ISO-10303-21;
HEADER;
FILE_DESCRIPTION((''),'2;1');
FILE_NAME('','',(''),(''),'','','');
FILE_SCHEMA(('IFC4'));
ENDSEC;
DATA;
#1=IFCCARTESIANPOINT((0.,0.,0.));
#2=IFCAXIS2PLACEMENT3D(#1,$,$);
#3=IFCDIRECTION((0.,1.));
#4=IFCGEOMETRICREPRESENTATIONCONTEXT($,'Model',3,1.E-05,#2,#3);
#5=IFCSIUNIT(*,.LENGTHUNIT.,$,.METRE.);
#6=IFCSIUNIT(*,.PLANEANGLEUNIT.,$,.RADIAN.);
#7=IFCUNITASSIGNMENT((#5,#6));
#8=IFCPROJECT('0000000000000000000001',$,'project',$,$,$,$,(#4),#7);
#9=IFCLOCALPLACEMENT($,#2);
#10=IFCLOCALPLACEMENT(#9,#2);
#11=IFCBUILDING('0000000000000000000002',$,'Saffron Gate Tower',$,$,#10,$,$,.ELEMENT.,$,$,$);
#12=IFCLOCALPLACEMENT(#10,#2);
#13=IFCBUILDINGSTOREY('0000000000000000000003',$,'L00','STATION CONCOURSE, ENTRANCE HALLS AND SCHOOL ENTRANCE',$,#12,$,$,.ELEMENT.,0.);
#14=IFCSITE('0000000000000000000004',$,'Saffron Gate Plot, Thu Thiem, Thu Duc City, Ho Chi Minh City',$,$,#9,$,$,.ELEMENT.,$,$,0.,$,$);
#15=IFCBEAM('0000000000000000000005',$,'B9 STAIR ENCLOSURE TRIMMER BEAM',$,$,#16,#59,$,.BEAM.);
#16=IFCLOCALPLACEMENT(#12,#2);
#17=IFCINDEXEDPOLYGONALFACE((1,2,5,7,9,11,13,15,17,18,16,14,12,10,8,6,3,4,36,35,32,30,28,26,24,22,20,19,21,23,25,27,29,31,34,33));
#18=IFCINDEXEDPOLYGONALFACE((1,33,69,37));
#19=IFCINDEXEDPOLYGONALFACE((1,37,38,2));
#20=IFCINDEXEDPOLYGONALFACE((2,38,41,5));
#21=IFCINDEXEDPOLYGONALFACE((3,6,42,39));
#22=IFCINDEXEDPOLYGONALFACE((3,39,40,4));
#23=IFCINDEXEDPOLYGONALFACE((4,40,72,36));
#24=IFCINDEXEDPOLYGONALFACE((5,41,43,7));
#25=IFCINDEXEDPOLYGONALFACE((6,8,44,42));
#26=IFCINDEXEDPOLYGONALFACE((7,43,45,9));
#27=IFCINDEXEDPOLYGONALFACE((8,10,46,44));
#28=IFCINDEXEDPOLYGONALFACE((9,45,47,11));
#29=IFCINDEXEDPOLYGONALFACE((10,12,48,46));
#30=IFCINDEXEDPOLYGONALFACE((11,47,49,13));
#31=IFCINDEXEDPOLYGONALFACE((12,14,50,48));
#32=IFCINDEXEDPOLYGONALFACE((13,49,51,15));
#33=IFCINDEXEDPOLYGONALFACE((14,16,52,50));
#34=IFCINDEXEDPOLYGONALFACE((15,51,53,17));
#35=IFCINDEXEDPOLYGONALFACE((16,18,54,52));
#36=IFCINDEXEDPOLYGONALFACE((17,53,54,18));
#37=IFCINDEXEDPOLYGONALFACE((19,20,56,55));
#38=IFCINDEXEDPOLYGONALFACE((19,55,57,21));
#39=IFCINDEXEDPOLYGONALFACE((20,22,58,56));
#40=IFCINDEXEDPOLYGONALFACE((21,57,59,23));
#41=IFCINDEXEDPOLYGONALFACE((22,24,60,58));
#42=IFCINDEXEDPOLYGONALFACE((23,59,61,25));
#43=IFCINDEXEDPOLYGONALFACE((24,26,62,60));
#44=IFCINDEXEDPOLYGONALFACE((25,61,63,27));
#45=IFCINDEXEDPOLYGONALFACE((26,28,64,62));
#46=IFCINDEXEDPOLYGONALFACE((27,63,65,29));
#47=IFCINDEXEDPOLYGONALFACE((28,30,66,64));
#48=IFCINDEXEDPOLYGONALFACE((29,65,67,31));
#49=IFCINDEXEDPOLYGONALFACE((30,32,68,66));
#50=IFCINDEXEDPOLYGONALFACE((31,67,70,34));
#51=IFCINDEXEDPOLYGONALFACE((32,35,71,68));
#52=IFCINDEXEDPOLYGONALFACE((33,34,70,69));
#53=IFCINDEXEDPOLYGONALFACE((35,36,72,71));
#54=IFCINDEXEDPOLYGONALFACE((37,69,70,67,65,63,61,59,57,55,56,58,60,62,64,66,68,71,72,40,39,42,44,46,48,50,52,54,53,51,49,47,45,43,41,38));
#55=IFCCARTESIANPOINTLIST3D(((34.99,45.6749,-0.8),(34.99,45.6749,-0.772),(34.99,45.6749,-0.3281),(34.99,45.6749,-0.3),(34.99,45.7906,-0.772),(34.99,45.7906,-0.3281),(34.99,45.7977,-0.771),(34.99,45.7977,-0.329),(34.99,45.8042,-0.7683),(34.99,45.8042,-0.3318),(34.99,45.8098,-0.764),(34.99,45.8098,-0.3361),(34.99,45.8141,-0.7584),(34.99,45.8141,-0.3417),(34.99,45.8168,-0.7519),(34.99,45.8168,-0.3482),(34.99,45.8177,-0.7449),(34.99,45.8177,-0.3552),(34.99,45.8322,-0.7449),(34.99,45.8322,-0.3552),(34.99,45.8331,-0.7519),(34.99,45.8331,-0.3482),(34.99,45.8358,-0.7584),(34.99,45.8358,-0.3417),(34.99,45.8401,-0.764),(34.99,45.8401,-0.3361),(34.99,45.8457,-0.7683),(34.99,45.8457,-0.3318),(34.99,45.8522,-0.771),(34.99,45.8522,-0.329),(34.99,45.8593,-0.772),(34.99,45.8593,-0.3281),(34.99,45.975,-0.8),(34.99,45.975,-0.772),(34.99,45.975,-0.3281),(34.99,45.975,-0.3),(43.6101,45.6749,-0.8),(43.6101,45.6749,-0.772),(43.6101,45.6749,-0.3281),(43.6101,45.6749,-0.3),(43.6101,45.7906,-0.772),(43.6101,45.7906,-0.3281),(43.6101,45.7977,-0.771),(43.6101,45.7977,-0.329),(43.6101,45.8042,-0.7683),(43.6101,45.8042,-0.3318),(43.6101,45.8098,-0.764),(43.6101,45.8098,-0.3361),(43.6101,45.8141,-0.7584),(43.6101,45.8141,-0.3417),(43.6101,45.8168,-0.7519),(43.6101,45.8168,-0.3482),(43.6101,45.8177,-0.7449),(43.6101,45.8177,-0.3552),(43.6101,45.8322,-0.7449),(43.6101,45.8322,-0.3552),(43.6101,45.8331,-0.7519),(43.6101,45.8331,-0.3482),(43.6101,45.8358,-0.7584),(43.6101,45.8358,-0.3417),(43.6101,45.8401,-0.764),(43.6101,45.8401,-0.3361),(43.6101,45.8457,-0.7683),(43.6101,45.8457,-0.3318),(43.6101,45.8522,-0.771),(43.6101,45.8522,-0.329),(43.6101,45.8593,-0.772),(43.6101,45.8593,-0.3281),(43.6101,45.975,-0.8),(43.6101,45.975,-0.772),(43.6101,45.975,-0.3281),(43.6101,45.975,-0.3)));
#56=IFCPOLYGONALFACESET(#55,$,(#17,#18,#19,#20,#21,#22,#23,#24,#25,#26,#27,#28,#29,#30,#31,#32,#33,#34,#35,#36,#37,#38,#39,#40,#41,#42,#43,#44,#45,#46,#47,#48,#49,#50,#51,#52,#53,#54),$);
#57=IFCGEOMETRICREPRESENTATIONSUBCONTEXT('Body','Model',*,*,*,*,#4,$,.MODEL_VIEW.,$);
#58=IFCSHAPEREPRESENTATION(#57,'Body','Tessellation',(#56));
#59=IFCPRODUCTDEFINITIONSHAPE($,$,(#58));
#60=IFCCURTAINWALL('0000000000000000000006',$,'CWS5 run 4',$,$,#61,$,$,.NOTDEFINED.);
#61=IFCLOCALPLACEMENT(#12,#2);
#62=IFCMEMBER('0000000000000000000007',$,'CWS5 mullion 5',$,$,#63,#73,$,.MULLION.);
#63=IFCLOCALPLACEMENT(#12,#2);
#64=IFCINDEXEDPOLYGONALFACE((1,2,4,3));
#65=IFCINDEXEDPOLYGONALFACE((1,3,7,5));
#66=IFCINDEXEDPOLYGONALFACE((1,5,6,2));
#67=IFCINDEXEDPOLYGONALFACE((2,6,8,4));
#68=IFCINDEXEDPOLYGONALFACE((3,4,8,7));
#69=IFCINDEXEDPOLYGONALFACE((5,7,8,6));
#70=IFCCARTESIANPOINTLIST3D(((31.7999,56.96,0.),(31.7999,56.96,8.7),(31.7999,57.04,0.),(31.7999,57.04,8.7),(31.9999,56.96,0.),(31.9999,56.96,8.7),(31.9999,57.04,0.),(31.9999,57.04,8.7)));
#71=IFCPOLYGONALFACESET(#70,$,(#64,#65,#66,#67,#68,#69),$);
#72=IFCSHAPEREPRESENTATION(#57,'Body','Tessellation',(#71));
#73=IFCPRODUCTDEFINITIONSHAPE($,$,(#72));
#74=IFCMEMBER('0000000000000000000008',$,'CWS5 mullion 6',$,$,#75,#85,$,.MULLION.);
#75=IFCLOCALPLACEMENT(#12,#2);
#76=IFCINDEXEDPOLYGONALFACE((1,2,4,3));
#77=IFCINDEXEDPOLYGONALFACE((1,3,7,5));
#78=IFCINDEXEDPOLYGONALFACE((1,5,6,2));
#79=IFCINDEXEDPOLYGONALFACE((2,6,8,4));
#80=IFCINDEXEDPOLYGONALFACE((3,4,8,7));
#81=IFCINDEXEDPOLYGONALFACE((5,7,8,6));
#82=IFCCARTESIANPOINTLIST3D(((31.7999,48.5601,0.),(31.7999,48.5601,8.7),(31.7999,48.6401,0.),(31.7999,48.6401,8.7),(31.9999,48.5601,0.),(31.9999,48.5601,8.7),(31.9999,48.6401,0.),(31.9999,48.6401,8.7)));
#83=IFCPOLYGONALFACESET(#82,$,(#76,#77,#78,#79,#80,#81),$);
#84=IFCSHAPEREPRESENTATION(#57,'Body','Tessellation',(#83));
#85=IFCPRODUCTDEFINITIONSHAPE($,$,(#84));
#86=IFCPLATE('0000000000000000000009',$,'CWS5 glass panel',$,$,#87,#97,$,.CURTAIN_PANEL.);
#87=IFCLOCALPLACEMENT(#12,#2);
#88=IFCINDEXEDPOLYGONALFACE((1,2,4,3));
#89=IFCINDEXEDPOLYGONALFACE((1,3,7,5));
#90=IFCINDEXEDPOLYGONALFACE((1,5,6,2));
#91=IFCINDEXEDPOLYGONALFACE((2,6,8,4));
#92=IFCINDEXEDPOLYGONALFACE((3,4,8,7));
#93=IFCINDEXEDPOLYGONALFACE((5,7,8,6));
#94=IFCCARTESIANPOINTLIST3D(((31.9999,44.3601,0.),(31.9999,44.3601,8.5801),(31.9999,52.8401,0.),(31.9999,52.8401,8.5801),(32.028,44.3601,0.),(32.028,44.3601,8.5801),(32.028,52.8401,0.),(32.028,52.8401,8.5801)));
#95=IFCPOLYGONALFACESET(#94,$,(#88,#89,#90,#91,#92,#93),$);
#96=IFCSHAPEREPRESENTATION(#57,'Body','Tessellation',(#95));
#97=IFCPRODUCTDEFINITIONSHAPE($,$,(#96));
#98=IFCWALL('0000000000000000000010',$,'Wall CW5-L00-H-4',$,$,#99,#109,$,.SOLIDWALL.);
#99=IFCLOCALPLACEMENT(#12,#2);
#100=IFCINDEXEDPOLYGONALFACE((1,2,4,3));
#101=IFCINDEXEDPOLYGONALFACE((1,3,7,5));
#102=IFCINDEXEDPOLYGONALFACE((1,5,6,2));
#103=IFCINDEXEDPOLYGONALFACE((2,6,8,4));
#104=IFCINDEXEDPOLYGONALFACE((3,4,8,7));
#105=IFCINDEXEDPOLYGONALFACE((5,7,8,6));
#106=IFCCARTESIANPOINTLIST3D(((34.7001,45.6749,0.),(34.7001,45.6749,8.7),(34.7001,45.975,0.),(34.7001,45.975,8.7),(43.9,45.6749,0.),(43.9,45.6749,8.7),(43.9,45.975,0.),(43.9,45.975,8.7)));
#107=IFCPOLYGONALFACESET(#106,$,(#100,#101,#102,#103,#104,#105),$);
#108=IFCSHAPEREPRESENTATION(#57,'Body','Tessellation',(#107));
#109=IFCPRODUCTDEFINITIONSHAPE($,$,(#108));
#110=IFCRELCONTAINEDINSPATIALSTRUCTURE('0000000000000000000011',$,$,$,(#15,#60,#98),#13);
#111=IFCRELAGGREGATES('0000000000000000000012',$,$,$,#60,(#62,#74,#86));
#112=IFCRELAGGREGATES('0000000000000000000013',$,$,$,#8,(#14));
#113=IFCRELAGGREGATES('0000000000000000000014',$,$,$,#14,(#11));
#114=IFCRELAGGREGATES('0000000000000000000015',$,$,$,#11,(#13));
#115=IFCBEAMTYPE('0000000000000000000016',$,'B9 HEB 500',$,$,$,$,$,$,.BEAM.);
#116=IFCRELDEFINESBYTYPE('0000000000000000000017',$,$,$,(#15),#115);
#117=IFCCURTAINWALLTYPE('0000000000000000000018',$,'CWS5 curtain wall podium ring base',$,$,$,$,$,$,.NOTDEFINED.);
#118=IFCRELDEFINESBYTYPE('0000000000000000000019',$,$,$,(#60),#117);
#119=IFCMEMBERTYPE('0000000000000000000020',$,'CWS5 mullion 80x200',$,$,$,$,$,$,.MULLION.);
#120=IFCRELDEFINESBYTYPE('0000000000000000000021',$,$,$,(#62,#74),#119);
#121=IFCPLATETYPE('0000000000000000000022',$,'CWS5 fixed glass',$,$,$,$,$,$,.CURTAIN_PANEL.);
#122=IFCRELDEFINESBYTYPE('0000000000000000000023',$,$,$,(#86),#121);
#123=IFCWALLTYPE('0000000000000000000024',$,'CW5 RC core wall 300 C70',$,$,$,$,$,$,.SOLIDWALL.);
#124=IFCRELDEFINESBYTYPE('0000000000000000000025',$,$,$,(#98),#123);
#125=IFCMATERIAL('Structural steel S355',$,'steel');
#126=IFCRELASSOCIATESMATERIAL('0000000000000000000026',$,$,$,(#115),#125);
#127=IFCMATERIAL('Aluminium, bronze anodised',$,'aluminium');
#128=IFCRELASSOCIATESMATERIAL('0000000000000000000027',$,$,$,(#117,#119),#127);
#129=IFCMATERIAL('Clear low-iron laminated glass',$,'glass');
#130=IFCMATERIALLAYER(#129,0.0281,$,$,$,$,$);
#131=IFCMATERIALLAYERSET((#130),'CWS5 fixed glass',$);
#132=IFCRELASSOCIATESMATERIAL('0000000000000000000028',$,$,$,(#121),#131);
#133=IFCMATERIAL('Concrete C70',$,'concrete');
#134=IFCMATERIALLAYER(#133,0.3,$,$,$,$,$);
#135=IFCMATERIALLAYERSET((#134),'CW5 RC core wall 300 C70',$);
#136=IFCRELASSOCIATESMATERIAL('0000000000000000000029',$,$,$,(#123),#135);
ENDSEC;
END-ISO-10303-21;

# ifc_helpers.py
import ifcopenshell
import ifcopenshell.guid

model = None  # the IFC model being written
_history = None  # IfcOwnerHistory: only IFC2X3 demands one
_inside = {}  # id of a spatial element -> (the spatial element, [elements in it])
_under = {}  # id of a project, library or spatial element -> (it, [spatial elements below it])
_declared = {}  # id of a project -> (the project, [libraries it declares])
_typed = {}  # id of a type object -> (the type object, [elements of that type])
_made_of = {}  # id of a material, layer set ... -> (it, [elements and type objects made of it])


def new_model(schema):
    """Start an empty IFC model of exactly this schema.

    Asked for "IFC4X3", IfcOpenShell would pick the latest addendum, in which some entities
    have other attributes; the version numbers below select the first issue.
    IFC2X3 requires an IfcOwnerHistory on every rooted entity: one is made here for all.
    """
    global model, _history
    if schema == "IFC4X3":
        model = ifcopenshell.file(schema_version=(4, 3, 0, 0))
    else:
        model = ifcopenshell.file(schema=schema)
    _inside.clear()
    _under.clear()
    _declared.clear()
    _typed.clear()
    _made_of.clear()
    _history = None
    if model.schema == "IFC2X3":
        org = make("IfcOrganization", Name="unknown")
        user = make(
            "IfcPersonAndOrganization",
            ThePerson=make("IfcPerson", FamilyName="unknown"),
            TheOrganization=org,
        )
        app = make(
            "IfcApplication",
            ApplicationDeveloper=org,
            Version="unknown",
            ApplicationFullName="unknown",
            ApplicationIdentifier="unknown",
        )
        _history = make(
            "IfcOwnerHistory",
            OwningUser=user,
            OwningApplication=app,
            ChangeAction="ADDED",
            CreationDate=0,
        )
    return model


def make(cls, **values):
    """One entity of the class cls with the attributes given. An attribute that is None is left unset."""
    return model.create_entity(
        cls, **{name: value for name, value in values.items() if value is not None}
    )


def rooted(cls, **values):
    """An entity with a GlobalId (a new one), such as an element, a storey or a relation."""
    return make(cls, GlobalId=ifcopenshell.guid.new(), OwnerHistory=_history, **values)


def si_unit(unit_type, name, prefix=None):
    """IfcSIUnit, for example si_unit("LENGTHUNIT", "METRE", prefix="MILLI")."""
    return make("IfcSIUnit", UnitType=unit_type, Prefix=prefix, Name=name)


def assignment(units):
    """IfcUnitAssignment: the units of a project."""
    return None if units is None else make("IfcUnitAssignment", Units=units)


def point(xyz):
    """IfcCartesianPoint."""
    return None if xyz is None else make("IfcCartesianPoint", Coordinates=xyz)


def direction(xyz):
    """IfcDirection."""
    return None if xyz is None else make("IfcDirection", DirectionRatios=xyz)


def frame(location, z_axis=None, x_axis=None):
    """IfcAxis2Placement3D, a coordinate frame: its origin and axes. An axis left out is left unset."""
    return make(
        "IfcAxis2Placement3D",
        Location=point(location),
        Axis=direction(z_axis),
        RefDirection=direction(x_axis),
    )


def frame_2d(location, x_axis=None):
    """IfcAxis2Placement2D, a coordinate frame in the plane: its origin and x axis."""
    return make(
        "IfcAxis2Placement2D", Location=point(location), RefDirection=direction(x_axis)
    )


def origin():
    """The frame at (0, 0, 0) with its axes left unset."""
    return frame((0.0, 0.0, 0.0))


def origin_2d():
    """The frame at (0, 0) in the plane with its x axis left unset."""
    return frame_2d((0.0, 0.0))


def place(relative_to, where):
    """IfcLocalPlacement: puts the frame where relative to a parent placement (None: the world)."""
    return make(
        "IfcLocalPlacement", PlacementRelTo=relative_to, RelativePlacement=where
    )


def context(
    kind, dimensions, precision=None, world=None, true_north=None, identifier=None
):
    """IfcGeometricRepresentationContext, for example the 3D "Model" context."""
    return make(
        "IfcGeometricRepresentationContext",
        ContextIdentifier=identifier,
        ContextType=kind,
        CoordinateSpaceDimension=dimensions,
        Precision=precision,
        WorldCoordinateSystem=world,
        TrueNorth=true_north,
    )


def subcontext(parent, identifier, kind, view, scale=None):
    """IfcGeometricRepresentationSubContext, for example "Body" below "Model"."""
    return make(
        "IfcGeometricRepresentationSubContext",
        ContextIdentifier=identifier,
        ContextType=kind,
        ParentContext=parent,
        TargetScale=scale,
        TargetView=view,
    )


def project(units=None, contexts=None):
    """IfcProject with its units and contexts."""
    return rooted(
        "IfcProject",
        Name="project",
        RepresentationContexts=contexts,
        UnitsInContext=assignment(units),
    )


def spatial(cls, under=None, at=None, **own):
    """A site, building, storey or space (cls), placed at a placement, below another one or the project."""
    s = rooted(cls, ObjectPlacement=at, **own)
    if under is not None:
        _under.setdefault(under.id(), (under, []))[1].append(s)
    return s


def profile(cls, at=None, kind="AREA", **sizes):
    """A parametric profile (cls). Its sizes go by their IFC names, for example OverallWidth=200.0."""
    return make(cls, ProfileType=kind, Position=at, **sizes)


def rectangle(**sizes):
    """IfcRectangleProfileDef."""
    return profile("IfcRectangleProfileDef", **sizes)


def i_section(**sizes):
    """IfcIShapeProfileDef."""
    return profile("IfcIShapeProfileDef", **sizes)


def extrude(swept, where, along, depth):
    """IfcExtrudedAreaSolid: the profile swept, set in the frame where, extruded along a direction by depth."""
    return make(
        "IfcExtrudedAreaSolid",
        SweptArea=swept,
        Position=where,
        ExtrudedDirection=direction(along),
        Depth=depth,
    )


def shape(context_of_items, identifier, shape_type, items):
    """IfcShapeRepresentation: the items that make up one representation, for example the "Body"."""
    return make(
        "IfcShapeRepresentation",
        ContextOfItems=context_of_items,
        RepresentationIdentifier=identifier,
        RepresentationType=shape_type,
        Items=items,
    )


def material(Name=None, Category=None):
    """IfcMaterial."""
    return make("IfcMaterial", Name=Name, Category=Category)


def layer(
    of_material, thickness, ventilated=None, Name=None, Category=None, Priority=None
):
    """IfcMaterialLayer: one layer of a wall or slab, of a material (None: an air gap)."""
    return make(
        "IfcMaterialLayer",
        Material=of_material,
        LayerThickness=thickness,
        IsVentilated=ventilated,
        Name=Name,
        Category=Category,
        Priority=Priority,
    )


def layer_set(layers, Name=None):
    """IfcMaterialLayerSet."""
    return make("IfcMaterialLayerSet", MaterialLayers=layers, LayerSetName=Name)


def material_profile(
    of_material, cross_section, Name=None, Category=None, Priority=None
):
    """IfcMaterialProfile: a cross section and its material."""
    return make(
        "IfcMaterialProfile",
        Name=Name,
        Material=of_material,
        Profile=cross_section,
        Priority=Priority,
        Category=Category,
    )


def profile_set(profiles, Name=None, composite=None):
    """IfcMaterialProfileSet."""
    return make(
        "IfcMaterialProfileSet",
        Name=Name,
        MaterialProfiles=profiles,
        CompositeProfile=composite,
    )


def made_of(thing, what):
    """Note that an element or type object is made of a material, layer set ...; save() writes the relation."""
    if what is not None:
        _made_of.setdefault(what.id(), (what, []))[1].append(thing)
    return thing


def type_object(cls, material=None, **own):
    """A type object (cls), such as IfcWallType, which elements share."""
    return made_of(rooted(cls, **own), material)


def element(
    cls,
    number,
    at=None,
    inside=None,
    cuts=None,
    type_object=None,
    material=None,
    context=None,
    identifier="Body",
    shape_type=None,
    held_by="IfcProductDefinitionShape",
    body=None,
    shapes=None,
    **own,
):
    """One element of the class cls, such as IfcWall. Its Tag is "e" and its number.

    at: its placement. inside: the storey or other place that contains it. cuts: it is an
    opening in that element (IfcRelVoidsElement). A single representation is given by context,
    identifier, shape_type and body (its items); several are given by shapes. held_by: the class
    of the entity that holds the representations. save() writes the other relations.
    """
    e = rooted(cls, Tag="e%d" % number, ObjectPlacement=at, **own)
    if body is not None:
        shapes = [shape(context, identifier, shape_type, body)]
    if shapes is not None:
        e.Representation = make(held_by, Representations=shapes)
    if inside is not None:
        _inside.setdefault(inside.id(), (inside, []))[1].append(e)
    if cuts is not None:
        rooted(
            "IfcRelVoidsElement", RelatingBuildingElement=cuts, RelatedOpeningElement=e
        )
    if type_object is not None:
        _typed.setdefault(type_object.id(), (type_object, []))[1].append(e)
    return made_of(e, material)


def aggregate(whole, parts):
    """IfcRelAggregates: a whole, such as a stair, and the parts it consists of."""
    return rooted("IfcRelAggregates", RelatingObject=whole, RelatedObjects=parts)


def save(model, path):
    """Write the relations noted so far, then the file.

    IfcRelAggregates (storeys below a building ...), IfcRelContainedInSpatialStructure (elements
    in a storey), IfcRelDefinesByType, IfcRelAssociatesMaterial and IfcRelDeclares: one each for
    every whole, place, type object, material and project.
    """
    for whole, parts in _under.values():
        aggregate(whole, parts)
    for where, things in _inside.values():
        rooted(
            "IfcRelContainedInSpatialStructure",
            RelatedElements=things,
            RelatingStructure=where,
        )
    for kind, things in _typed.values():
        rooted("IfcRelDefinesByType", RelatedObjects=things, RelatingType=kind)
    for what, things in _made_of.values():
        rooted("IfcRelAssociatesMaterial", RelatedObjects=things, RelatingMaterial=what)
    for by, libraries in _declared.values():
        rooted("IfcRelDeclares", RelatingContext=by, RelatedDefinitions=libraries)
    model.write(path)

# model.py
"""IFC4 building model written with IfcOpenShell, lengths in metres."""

from ifc_helpers import new_model, si_unit, direction, frame, frame_2d, origin, origin_2d, place, context, subcontext, project, spatial, rectangle, i_section, extrude, material, layer, layer_set, material_profile, profile_set, type_object, element, aggregate, save


model = new_model("IFC4")

# Units and contexts
model_context = context("Model", 3, precision=1e-05, world=origin(), true_north=direction((0.0, 1.0)))
body_context = subcontext(model_context, "Body", "Model", "MODEL_VIEW")
ifc_project = project(units=[si_unit("LENGTHUNIT", "METRE"), si_unit("PLANEANGLEUNIT", "RADIAN")], contexts=[model_context])

# Site, building, storey
site_placement = place(None, origin())
site = spatial("IfcSite", under=ifc_project, at=site_placement, Name="Saffron Gate Plot, Thu Thiem, Thu Duc City, Ho Chi Minh City", CompositionType="ELEMENT", RefElevation=0.0)
building_placement = place(site_placement, origin())
building = spatial("IfcBuilding", under=site, at=building_placement, Name="Saffron Gate Tower", CompositionType="ELEMENT")
storey_placement = place(building_placement, origin())
storey = spatial("IfcBuildingStorey", under=building, at=storey_placement, Name="L00", Description="STATION CONCOURSE, ENTRANCE HALLS AND SCHOOL ENTRANCE", CompositionType="ELEMENT", Elevation=0.0)

# Beam
ifc_material_1 = material(Name="Structural steel S355", Category="steel")
ifc_material_profile_1 = material_profile(ifc_material_1, i_section(OverallWidth=0.3, OverallDepth=0.5, WebThickness=0.0144, FlangeThickness=0.0281, FilletRadius=0.0271, at=origin_2d()))
ifc_profile_set_1 = profile_set([ifc_material_profile_1], Name="Structural steel S355")
beam_type_1 = type_object("IfcBeamType", Name="B9 HEB 500", PredefinedType="BEAM", material=ifc_profile_set_1)
beam_1_placement = place(storey_placement, frame((34.99, 45.825, -0.55), z_axis=(1.0, 0.0, 0.0), x_axis=(0.0, 1.0, 0.0)))
element("IfcBeam", 1, at=beam_1_placement, inside=storey, type_object=beam_type_1, Name="B9 STAIR ENCLOSURE TRIMMER BEAM", PredefinedType="BEAM", context=body_context, shape_type="SweptSolid", body=[
    extrude(i_section(OverallWidth=0.3, OverallDepth=0.5, WebThickness=0.0144, FlangeThickness=0.0281, FilletRadius=0.0271, at=origin_2d()), origin(), (0.0, 0.0, 1.0), 8.6201),
])

# Curtain wall, members, plate
ifc_material_2 = material(Name="Aluminium, bronze anodised", Category="aluminium")
curtain_wall_type = type_object("IfcCurtainWallType", Name="CWS5 curtain wall podium ring base", PredefinedType="NOTDEFINED", material=ifc_material_2)
curtain_wall_placement = place(storey_placement, origin())
curtain_wall = element("IfcCurtainWall", 2, at=curtain_wall_placement, inside=storey, type_object=curtain_wall_type, Name="CWS5 run 4", PredefinedType="NOTDEFINED")
ifc_material_profile_2 = material_profile(ifc_material_2, rectangle(XDim=0.2, YDim=0.0801, at=origin_2d()))
ifc_profile_set_2 = profile_set([ifc_material_profile_2], Name="Aluminium, bronze anodised")
member_type = type_object("IfcMemberType", Name="CWS5 mullion 80x200", PredefinedType="MULLION", material=ifc_profile_set_2)
member_1_placement = place(storey_placement, frame((31.8999, 57.0, 0.0), z_axis=(0.0, 0.0, 1.0), x_axis=(1.0, 0.0, 0.0)))
member_1 = element("IfcMember", 3, at=member_1_placement, type_object=member_type, Name="CWS5 mullion 5", PredefinedType="MULLION", context=body_context, shape_type="SweptSolid", body=[
    extrude(rectangle(XDim=0.2, YDim=0.0801, at=origin_2d()), origin(), (0.0, 0.0, 1.0), 8.7),
])
member_2_placement = place(storey_placement, frame((31.8999, 48.6001, 0.0), z_axis=(0.0, 0.0, 1.0), x_axis=(1.0, 0.0, 0.0)))
member_2 = element("IfcMember", 4, at=member_2_placement, type_object=member_type, Name="CWS5 mullion 6", PredefinedType="MULLION", context=body_context, shape_type="SweptSolid", body=[
    extrude(rectangle(XDim=0.2, YDim=0.0801, at=origin_2d()), origin(), (0.0, 0.0, 1.0), 8.7),
])
ifc_material_3 = material(Name="Clear low-iron laminated glass", Category="glass")
ifc_layer_1 = layer(ifc_material_3, 0.0281)
ifc_layer_set_1 = layer_set([ifc_layer_1], Name="CWS5 fixed glass")
plate_type = type_object("IfcPlateType", Name="CWS5 fixed glass", PredefinedType="CURTAIN_PANEL", material=ifc_layer_set_1)
plate_placement = place(storey_placement, frame((32.0139, 52.8401, 0.0), z_axis=(0.0, 0.0, 1.0), x_axis=(0.0, -1.0, 0.0)))
plate = element("IfcPlate", 5, at=plate_placement, type_object=plate_type, Name="CWS5 glass panel", PredefinedType="CURTAIN_PANEL", context=body_context, shape_type="SweptSolid", body=[
    extrude(rectangle(XDim=8.48, YDim=0.0281, at=frame_2d((4.24, 0.0))), origin(), (0.0, 0.0, 1.0), 8.5801),
])
aggregate(curtain_wall, [member_1, member_2, plate])

# Wall
ifc_material_4 = material(Name="Concrete C70", Category="concrete")
ifc_layer_2 = layer(ifc_material_4, 0.3)
ifc_layer_set_2 = layer_set([ifc_layer_2], Name="CW5 RC core wall 300 C70")
wall_type_1 = type_object("IfcWallType", Name="CW5 RC core wall 300 C70", PredefinedType="SOLIDWALL", material=ifc_layer_set_2)
wall_1_placement = place(storey_placement, frame((34.7, 45.825, 0.0), z_axis=(0.0, 0.0, 1.0), x_axis=(1.0, 0.0, 0.0)))
element("IfcWall", 6, at=wall_1_placement, inside=storey, type_object=wall_type_1, Name="Wall CW5-L00-H-4", PredefinedType="SOLIDWALL", context=body_context, shape_type="SweptSolid", body=[
    extrude(rectangle(XDim=9.2, YDim=0.3, at=frame_2d((4.6001, 0.0))), origin(), (0.0, 0.0, 1.0), 8.7),
])

save(model, "model.ifc")
